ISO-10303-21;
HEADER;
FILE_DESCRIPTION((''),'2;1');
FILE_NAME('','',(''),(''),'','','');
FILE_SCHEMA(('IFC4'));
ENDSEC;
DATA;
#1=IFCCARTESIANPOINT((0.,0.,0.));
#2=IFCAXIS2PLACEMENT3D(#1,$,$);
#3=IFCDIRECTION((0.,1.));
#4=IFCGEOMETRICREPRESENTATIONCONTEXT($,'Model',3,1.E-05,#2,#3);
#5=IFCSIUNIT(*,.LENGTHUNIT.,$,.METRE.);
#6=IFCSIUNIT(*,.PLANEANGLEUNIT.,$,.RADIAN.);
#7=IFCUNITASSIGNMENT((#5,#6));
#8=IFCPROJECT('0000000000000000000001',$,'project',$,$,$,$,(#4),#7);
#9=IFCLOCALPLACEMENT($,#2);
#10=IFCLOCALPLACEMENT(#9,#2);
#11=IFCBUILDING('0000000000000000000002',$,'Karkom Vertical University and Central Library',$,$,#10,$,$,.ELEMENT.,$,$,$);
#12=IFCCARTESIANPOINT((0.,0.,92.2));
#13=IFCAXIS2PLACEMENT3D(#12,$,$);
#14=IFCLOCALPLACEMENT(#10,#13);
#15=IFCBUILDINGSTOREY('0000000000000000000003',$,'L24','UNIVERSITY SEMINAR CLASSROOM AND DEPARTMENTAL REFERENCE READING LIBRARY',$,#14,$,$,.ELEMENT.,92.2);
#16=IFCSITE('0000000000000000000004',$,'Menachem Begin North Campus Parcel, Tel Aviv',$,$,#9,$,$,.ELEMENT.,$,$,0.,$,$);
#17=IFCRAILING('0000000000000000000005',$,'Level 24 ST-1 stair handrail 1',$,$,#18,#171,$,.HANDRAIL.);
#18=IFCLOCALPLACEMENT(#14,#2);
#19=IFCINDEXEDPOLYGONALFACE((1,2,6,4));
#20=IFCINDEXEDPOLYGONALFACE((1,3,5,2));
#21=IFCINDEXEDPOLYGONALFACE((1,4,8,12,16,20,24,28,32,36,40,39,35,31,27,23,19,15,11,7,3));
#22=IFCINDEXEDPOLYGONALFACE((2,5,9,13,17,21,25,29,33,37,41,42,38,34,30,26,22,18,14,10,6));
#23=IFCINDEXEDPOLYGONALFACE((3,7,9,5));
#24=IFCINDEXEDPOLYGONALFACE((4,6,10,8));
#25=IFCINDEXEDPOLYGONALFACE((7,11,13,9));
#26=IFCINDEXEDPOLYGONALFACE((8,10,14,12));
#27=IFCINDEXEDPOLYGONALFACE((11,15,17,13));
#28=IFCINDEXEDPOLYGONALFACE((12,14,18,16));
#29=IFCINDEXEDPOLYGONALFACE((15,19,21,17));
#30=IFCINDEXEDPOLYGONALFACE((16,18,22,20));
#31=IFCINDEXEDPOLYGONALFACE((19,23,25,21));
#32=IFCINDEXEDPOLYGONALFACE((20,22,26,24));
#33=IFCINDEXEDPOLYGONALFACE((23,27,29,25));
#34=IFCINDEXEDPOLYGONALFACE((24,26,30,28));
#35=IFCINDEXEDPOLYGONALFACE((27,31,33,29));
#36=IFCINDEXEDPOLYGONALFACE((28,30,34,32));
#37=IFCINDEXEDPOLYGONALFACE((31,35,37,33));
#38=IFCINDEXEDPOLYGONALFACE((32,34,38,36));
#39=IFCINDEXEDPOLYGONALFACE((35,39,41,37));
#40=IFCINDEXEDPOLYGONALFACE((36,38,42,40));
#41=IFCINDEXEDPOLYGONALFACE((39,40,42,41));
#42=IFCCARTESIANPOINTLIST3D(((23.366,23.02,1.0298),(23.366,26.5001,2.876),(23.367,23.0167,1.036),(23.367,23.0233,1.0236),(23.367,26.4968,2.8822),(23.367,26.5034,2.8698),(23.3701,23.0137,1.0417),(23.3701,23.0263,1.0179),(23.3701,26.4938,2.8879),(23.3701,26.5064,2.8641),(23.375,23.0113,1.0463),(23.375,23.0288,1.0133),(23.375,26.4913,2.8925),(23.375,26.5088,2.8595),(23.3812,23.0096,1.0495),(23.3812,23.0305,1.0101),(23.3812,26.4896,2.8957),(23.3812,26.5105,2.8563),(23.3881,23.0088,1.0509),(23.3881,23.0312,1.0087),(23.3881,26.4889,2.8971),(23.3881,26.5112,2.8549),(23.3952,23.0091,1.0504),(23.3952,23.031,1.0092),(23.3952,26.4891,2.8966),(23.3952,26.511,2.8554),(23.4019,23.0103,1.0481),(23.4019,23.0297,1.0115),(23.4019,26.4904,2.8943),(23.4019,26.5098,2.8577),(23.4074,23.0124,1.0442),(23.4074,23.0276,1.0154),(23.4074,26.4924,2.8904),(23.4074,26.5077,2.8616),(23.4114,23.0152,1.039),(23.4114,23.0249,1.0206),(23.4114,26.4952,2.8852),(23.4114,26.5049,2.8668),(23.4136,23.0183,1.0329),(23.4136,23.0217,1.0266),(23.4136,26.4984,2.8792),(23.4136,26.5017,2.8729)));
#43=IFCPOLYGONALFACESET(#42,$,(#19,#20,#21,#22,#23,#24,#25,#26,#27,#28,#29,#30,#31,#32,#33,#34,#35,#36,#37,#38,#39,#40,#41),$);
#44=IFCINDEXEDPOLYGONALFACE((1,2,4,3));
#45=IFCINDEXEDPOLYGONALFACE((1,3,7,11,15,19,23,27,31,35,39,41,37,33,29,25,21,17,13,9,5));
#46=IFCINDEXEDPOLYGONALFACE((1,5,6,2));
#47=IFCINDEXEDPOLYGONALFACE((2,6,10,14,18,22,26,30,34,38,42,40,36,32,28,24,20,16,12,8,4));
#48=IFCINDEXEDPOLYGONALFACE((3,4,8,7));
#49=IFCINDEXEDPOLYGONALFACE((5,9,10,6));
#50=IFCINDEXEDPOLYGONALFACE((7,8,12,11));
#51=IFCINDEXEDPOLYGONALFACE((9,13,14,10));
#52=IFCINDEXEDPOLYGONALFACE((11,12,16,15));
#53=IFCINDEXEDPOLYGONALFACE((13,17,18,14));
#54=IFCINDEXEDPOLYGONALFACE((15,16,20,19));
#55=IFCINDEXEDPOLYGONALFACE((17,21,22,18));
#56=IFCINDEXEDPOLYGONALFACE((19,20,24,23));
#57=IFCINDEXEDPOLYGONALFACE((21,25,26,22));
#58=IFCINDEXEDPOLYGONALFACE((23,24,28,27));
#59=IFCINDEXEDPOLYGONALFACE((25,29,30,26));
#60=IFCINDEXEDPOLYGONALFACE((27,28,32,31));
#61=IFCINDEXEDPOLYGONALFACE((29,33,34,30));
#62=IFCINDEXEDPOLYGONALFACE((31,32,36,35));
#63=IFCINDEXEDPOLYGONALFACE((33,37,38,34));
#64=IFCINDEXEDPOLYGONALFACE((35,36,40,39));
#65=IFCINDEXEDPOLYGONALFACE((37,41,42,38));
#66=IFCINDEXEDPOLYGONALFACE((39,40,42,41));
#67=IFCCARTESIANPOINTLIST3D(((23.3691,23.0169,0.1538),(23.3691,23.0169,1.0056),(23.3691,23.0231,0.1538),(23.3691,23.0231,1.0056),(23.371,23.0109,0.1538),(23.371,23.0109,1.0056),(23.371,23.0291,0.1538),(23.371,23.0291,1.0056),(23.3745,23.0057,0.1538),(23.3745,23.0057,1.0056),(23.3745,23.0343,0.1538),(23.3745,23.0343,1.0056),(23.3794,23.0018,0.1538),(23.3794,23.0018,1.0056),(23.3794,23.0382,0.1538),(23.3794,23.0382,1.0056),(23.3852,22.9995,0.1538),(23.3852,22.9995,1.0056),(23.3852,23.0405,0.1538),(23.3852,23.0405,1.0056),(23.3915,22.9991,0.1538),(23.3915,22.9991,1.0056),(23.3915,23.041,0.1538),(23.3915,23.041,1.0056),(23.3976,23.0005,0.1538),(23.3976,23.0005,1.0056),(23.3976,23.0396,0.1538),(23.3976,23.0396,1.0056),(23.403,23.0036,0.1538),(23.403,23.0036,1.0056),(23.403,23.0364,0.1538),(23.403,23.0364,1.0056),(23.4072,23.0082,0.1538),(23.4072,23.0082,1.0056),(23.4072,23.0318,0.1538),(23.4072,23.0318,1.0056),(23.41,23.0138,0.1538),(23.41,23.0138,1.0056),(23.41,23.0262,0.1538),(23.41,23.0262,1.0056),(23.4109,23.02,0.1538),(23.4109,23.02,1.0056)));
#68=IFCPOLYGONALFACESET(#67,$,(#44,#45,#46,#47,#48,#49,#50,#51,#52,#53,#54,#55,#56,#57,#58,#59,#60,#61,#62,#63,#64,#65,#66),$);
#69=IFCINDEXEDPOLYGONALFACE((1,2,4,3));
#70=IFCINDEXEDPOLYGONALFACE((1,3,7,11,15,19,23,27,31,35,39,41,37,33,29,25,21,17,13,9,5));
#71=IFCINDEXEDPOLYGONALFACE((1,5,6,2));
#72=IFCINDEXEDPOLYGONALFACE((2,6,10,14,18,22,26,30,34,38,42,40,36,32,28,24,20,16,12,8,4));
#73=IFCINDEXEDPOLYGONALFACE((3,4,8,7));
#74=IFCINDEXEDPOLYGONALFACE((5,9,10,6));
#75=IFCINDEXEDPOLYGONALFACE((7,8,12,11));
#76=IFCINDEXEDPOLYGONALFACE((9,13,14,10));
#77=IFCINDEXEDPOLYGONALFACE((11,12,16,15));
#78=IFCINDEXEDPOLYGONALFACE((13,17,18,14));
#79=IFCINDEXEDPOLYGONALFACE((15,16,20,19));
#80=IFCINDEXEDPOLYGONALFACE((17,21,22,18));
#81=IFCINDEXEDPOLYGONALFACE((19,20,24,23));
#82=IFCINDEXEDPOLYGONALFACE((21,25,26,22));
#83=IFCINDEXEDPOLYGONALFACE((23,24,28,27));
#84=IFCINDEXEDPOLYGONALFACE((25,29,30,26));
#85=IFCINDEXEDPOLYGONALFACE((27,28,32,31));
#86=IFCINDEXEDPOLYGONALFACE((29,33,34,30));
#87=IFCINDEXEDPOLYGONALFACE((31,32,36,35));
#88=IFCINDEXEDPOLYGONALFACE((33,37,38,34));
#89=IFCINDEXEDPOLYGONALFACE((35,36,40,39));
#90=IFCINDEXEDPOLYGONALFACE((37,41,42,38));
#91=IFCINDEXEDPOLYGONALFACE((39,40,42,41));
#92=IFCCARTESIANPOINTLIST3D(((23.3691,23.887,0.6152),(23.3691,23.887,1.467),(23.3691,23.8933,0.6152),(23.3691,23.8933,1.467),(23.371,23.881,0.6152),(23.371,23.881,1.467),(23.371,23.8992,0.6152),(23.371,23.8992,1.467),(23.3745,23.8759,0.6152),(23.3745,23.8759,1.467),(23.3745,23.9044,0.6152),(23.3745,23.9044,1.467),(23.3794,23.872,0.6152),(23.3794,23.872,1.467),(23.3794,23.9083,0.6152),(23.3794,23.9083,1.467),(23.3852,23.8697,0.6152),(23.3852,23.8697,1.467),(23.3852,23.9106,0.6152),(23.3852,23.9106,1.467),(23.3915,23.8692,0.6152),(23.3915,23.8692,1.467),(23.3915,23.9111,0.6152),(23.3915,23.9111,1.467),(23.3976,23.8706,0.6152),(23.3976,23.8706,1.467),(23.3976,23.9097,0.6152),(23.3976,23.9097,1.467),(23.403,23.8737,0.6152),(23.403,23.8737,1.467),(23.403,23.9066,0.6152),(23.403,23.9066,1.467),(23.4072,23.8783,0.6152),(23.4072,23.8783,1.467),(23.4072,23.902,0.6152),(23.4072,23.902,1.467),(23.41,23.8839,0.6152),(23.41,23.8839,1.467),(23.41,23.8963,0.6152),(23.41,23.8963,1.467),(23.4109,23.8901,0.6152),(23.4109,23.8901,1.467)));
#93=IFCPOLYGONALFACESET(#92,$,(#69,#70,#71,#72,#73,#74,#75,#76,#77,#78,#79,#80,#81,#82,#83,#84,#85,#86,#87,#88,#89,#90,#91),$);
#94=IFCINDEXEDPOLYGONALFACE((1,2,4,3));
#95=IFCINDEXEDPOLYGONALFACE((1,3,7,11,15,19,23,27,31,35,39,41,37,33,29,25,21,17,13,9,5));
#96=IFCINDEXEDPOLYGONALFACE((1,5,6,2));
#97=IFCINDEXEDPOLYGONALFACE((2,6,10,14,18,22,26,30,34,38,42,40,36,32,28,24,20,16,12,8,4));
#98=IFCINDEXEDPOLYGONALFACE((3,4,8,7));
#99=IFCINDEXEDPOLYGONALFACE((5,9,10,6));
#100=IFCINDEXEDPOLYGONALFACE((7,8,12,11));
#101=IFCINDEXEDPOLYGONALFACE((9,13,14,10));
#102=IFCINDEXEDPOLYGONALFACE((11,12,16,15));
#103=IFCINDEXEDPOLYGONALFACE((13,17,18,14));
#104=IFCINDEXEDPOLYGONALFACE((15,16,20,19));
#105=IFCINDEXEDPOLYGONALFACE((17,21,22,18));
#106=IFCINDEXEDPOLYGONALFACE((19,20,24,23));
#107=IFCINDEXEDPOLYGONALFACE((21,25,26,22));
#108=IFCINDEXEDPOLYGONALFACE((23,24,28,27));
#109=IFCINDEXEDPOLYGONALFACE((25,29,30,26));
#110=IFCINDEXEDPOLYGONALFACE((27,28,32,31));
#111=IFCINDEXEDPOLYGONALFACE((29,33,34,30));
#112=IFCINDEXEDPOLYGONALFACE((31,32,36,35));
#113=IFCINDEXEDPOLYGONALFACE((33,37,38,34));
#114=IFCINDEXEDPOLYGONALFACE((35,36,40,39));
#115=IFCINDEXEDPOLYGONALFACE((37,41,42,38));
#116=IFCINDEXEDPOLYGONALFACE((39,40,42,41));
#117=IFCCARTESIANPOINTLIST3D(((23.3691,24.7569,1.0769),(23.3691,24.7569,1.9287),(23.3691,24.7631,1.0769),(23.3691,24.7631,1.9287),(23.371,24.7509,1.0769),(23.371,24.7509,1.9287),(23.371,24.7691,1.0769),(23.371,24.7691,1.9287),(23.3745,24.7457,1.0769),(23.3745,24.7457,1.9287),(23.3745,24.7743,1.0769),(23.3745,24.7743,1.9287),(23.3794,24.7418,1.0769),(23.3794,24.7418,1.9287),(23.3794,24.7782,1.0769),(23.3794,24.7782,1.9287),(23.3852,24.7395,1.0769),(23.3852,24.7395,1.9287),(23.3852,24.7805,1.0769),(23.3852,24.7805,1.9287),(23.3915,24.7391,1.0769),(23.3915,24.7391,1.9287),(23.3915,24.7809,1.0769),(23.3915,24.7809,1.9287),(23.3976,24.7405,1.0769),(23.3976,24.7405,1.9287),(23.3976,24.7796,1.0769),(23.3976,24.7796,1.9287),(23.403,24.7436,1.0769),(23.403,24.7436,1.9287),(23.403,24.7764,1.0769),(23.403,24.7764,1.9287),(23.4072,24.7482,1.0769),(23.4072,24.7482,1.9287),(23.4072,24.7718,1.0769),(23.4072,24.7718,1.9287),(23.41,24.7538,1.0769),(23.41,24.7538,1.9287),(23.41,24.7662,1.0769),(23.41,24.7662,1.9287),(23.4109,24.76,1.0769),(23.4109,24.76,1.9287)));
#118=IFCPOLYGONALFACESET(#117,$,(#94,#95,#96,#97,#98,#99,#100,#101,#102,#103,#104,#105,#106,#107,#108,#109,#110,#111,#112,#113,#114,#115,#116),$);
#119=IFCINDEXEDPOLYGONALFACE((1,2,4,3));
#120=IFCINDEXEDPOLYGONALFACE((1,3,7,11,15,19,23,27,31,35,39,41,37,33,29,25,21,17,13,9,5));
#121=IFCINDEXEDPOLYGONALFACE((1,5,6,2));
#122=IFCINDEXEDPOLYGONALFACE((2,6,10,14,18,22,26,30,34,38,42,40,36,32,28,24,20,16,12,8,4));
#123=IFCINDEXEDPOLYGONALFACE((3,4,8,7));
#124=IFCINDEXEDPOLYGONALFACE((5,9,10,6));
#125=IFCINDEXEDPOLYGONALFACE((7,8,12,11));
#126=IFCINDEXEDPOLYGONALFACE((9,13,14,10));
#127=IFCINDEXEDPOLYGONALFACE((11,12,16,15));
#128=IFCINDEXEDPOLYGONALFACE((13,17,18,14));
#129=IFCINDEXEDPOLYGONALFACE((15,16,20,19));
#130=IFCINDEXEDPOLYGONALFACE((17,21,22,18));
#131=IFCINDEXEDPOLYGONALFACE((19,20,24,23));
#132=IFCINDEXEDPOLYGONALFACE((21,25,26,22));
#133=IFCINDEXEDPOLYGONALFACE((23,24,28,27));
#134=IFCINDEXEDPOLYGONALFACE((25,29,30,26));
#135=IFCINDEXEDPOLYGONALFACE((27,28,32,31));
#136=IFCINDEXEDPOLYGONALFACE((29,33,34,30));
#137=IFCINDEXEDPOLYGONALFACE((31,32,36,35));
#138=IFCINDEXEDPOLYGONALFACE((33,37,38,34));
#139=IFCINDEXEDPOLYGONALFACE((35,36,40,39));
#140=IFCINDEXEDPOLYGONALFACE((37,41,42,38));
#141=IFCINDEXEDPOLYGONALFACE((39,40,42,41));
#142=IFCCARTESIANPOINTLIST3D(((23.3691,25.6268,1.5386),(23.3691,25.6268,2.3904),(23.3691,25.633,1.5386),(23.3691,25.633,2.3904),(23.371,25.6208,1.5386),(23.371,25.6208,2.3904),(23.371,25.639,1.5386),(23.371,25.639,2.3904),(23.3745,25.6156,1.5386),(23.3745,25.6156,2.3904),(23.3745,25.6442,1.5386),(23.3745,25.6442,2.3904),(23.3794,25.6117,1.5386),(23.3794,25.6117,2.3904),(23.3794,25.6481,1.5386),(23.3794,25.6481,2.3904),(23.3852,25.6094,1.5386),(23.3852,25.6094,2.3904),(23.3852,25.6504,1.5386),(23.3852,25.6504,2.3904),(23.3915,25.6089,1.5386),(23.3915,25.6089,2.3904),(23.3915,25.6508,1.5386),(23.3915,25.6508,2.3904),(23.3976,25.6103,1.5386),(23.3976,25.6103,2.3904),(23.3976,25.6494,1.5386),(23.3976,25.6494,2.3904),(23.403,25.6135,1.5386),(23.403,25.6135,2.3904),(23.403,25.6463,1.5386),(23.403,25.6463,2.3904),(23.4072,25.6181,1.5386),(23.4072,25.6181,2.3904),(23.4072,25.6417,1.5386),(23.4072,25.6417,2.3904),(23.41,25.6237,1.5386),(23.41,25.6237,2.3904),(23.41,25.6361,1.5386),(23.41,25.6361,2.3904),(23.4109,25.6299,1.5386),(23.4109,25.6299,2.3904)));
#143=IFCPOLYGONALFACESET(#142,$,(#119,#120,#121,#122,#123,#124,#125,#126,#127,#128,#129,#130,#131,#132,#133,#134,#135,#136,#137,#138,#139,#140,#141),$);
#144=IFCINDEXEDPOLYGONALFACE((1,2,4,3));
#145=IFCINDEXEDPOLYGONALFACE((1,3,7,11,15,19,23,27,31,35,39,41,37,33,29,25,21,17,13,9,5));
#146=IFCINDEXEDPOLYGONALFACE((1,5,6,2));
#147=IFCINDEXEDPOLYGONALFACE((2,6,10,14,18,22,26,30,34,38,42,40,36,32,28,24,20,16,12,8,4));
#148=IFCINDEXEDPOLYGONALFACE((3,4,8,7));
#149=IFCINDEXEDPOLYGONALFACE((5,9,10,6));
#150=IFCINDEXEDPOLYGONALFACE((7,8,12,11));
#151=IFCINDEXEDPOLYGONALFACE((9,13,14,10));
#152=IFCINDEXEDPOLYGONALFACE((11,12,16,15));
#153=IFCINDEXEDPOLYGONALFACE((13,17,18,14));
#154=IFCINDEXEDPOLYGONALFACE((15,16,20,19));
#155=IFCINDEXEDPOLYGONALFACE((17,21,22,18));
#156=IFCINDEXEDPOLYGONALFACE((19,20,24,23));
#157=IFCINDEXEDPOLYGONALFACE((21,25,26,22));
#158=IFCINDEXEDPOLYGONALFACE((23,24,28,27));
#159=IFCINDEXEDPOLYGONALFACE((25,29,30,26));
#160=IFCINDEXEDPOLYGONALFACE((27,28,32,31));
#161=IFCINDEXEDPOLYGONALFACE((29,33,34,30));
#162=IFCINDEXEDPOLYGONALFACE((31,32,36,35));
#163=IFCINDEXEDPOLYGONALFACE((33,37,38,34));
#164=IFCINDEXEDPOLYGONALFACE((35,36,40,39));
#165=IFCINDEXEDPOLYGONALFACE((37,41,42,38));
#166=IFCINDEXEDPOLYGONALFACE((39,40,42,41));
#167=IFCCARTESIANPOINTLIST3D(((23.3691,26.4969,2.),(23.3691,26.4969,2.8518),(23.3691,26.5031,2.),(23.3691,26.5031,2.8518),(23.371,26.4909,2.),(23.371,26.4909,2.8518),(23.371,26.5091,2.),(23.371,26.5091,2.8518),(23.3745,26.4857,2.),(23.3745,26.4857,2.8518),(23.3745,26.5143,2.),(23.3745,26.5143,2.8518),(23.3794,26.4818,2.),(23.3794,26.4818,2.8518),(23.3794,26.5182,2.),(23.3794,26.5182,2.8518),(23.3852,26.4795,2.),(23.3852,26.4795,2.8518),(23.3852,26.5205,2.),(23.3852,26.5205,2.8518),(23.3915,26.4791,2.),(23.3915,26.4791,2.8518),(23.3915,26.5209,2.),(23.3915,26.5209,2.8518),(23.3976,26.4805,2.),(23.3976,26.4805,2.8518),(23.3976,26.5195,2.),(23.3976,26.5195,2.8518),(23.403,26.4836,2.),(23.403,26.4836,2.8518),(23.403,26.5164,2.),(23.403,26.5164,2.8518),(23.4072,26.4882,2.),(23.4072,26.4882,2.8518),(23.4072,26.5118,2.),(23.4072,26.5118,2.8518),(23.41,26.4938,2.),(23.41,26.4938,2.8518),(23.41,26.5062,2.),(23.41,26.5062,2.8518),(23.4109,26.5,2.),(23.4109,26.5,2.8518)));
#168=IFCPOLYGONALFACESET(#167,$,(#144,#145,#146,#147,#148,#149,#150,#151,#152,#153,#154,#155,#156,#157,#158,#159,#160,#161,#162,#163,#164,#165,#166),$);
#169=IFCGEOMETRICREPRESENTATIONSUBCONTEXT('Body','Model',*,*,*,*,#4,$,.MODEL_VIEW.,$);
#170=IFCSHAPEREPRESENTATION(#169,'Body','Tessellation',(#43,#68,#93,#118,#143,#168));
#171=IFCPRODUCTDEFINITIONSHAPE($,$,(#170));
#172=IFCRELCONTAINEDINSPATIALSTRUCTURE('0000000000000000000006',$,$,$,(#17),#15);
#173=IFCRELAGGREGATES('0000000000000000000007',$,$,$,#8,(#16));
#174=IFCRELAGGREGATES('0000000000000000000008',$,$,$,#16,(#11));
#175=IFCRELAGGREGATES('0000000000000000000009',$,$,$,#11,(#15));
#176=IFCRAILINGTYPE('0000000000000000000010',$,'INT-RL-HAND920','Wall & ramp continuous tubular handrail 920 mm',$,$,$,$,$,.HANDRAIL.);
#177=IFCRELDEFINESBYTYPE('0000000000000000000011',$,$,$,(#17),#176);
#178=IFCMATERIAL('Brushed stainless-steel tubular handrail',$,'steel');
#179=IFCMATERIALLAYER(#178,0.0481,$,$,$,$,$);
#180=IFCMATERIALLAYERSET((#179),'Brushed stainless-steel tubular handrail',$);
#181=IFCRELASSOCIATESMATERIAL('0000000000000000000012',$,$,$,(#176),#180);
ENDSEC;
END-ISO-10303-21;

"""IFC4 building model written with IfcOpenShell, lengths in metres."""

from ifc_helpers import new_model, si_unit, direction, frame, origin, origin_2d, place, context, subcontext, project, spatial, circle, extrude, material, layer, layer_set, type_object, element, save


model = new_model("IFC4")

# Units and contexts
model_context = context("Model", 3, precision=1e-05, world=origin(), true_north=direction((0.0, 1.0)))
body_context = subcontext(model_context, "Body", "Model", "MODEL_VIEW")
ifc_project = project(units=[si_unit("LENGTHUNIT", "METRE"), si_unit("PLANEANGLEUNIT", "RADIAN")], contexts=[model_context])

# Site, building, storey
site_placement = place(None, origin())
site = spatial("IfcSite", under=ifc_project, at=site_placement, Name="Menachem Begin North Campus Parcel, Tel Aviv", CompositionType="ELEMENT", RefElevation=0.0)
building_placement = place(site_placement, origin())
building = spatial("IfcBuilding", under=site, at=building_placement, Name="Karkom Vertical University and Central Library", CompositionType="ELEMENT")
storey_placement = place(building_placement, frame((0.0, 0.0, 92.2)))
storey = spatial("IfcBuildingStorey", under=building, at=storey_placement, Name="L24", Description="UNIVERSITY SEMINAR CLASSROOM AND DEPARTMENTAL REFERENCE READING LIBRARY", CompositionType="ELEMENT", Elevation=92.2)

# Railing
ifc_material_1 = material(Name="Brushed stainless-steel tubular handrail", Category="steel")
ifc_layer_1 = layer(ifc_material_1, 0.0481)
ifc_layer_set_1 = layer_set([ifc_layer_1], Name="Brushed stainless-steel tubular handrail")
railing_type_1 = type_object("IfcRailingType", Name="INT-RL-HAND920", Description="Wall & ramp continuous tubular handrail 920 mm", PredefinedType="HANDRAIL", material=ifc_layer_set_1)
railing_1_placement = place(storey_placement, frame((23.3899, 23.02, 0.1538)))
element("IfcRailing", 1, at=railing_1_placement, inside=storey, type_object=railing_type_1, Name="Level 24 ST-1 stair handrail 1", PredefinedType="HANDRAIL", context=body_context, shape_type="SweptSolid", body=[
    extrude(circle(Radius=0.0239, at=origin_2d()), frame((0.0, 0.0, 0.876), z_axis=(0.0, 0.883384, 0.468651), x_axis=(-1.0, 0.0, 0.0)), (0.0, 0.0, 1.0), 3.9395),
    extrude(circle(Radius=0.021, at=origin_2d()), origin(), (0.0, 0.0, 1.0), 0.8518),
    extrude(circle(Radius=0.021, at=origin_2d()), frame((0.0, 0.8701, 0.4614)), (0.0, 0.0, 1.0), 0.8518),
    extrude(circle(Radius=0.021, at=origin_2d()), frame((0.0, 1.74, 0.9231)), (0.0, 0.0, 1.0), 0.8518),
    extrude(circle(Radius=0.021, at=origin_2d()), frame((0.0, 2.6099, 1.3848)), (0.0, 0.0, 1.0), 0.8518),
    extrude(circle(Radius=0.021, at=origin_2d()), frame((0.0, 3.48, 1.8462)), (0.0, 0.0, 1.0), 0.8518),
])

save(model, "model.ifc")
